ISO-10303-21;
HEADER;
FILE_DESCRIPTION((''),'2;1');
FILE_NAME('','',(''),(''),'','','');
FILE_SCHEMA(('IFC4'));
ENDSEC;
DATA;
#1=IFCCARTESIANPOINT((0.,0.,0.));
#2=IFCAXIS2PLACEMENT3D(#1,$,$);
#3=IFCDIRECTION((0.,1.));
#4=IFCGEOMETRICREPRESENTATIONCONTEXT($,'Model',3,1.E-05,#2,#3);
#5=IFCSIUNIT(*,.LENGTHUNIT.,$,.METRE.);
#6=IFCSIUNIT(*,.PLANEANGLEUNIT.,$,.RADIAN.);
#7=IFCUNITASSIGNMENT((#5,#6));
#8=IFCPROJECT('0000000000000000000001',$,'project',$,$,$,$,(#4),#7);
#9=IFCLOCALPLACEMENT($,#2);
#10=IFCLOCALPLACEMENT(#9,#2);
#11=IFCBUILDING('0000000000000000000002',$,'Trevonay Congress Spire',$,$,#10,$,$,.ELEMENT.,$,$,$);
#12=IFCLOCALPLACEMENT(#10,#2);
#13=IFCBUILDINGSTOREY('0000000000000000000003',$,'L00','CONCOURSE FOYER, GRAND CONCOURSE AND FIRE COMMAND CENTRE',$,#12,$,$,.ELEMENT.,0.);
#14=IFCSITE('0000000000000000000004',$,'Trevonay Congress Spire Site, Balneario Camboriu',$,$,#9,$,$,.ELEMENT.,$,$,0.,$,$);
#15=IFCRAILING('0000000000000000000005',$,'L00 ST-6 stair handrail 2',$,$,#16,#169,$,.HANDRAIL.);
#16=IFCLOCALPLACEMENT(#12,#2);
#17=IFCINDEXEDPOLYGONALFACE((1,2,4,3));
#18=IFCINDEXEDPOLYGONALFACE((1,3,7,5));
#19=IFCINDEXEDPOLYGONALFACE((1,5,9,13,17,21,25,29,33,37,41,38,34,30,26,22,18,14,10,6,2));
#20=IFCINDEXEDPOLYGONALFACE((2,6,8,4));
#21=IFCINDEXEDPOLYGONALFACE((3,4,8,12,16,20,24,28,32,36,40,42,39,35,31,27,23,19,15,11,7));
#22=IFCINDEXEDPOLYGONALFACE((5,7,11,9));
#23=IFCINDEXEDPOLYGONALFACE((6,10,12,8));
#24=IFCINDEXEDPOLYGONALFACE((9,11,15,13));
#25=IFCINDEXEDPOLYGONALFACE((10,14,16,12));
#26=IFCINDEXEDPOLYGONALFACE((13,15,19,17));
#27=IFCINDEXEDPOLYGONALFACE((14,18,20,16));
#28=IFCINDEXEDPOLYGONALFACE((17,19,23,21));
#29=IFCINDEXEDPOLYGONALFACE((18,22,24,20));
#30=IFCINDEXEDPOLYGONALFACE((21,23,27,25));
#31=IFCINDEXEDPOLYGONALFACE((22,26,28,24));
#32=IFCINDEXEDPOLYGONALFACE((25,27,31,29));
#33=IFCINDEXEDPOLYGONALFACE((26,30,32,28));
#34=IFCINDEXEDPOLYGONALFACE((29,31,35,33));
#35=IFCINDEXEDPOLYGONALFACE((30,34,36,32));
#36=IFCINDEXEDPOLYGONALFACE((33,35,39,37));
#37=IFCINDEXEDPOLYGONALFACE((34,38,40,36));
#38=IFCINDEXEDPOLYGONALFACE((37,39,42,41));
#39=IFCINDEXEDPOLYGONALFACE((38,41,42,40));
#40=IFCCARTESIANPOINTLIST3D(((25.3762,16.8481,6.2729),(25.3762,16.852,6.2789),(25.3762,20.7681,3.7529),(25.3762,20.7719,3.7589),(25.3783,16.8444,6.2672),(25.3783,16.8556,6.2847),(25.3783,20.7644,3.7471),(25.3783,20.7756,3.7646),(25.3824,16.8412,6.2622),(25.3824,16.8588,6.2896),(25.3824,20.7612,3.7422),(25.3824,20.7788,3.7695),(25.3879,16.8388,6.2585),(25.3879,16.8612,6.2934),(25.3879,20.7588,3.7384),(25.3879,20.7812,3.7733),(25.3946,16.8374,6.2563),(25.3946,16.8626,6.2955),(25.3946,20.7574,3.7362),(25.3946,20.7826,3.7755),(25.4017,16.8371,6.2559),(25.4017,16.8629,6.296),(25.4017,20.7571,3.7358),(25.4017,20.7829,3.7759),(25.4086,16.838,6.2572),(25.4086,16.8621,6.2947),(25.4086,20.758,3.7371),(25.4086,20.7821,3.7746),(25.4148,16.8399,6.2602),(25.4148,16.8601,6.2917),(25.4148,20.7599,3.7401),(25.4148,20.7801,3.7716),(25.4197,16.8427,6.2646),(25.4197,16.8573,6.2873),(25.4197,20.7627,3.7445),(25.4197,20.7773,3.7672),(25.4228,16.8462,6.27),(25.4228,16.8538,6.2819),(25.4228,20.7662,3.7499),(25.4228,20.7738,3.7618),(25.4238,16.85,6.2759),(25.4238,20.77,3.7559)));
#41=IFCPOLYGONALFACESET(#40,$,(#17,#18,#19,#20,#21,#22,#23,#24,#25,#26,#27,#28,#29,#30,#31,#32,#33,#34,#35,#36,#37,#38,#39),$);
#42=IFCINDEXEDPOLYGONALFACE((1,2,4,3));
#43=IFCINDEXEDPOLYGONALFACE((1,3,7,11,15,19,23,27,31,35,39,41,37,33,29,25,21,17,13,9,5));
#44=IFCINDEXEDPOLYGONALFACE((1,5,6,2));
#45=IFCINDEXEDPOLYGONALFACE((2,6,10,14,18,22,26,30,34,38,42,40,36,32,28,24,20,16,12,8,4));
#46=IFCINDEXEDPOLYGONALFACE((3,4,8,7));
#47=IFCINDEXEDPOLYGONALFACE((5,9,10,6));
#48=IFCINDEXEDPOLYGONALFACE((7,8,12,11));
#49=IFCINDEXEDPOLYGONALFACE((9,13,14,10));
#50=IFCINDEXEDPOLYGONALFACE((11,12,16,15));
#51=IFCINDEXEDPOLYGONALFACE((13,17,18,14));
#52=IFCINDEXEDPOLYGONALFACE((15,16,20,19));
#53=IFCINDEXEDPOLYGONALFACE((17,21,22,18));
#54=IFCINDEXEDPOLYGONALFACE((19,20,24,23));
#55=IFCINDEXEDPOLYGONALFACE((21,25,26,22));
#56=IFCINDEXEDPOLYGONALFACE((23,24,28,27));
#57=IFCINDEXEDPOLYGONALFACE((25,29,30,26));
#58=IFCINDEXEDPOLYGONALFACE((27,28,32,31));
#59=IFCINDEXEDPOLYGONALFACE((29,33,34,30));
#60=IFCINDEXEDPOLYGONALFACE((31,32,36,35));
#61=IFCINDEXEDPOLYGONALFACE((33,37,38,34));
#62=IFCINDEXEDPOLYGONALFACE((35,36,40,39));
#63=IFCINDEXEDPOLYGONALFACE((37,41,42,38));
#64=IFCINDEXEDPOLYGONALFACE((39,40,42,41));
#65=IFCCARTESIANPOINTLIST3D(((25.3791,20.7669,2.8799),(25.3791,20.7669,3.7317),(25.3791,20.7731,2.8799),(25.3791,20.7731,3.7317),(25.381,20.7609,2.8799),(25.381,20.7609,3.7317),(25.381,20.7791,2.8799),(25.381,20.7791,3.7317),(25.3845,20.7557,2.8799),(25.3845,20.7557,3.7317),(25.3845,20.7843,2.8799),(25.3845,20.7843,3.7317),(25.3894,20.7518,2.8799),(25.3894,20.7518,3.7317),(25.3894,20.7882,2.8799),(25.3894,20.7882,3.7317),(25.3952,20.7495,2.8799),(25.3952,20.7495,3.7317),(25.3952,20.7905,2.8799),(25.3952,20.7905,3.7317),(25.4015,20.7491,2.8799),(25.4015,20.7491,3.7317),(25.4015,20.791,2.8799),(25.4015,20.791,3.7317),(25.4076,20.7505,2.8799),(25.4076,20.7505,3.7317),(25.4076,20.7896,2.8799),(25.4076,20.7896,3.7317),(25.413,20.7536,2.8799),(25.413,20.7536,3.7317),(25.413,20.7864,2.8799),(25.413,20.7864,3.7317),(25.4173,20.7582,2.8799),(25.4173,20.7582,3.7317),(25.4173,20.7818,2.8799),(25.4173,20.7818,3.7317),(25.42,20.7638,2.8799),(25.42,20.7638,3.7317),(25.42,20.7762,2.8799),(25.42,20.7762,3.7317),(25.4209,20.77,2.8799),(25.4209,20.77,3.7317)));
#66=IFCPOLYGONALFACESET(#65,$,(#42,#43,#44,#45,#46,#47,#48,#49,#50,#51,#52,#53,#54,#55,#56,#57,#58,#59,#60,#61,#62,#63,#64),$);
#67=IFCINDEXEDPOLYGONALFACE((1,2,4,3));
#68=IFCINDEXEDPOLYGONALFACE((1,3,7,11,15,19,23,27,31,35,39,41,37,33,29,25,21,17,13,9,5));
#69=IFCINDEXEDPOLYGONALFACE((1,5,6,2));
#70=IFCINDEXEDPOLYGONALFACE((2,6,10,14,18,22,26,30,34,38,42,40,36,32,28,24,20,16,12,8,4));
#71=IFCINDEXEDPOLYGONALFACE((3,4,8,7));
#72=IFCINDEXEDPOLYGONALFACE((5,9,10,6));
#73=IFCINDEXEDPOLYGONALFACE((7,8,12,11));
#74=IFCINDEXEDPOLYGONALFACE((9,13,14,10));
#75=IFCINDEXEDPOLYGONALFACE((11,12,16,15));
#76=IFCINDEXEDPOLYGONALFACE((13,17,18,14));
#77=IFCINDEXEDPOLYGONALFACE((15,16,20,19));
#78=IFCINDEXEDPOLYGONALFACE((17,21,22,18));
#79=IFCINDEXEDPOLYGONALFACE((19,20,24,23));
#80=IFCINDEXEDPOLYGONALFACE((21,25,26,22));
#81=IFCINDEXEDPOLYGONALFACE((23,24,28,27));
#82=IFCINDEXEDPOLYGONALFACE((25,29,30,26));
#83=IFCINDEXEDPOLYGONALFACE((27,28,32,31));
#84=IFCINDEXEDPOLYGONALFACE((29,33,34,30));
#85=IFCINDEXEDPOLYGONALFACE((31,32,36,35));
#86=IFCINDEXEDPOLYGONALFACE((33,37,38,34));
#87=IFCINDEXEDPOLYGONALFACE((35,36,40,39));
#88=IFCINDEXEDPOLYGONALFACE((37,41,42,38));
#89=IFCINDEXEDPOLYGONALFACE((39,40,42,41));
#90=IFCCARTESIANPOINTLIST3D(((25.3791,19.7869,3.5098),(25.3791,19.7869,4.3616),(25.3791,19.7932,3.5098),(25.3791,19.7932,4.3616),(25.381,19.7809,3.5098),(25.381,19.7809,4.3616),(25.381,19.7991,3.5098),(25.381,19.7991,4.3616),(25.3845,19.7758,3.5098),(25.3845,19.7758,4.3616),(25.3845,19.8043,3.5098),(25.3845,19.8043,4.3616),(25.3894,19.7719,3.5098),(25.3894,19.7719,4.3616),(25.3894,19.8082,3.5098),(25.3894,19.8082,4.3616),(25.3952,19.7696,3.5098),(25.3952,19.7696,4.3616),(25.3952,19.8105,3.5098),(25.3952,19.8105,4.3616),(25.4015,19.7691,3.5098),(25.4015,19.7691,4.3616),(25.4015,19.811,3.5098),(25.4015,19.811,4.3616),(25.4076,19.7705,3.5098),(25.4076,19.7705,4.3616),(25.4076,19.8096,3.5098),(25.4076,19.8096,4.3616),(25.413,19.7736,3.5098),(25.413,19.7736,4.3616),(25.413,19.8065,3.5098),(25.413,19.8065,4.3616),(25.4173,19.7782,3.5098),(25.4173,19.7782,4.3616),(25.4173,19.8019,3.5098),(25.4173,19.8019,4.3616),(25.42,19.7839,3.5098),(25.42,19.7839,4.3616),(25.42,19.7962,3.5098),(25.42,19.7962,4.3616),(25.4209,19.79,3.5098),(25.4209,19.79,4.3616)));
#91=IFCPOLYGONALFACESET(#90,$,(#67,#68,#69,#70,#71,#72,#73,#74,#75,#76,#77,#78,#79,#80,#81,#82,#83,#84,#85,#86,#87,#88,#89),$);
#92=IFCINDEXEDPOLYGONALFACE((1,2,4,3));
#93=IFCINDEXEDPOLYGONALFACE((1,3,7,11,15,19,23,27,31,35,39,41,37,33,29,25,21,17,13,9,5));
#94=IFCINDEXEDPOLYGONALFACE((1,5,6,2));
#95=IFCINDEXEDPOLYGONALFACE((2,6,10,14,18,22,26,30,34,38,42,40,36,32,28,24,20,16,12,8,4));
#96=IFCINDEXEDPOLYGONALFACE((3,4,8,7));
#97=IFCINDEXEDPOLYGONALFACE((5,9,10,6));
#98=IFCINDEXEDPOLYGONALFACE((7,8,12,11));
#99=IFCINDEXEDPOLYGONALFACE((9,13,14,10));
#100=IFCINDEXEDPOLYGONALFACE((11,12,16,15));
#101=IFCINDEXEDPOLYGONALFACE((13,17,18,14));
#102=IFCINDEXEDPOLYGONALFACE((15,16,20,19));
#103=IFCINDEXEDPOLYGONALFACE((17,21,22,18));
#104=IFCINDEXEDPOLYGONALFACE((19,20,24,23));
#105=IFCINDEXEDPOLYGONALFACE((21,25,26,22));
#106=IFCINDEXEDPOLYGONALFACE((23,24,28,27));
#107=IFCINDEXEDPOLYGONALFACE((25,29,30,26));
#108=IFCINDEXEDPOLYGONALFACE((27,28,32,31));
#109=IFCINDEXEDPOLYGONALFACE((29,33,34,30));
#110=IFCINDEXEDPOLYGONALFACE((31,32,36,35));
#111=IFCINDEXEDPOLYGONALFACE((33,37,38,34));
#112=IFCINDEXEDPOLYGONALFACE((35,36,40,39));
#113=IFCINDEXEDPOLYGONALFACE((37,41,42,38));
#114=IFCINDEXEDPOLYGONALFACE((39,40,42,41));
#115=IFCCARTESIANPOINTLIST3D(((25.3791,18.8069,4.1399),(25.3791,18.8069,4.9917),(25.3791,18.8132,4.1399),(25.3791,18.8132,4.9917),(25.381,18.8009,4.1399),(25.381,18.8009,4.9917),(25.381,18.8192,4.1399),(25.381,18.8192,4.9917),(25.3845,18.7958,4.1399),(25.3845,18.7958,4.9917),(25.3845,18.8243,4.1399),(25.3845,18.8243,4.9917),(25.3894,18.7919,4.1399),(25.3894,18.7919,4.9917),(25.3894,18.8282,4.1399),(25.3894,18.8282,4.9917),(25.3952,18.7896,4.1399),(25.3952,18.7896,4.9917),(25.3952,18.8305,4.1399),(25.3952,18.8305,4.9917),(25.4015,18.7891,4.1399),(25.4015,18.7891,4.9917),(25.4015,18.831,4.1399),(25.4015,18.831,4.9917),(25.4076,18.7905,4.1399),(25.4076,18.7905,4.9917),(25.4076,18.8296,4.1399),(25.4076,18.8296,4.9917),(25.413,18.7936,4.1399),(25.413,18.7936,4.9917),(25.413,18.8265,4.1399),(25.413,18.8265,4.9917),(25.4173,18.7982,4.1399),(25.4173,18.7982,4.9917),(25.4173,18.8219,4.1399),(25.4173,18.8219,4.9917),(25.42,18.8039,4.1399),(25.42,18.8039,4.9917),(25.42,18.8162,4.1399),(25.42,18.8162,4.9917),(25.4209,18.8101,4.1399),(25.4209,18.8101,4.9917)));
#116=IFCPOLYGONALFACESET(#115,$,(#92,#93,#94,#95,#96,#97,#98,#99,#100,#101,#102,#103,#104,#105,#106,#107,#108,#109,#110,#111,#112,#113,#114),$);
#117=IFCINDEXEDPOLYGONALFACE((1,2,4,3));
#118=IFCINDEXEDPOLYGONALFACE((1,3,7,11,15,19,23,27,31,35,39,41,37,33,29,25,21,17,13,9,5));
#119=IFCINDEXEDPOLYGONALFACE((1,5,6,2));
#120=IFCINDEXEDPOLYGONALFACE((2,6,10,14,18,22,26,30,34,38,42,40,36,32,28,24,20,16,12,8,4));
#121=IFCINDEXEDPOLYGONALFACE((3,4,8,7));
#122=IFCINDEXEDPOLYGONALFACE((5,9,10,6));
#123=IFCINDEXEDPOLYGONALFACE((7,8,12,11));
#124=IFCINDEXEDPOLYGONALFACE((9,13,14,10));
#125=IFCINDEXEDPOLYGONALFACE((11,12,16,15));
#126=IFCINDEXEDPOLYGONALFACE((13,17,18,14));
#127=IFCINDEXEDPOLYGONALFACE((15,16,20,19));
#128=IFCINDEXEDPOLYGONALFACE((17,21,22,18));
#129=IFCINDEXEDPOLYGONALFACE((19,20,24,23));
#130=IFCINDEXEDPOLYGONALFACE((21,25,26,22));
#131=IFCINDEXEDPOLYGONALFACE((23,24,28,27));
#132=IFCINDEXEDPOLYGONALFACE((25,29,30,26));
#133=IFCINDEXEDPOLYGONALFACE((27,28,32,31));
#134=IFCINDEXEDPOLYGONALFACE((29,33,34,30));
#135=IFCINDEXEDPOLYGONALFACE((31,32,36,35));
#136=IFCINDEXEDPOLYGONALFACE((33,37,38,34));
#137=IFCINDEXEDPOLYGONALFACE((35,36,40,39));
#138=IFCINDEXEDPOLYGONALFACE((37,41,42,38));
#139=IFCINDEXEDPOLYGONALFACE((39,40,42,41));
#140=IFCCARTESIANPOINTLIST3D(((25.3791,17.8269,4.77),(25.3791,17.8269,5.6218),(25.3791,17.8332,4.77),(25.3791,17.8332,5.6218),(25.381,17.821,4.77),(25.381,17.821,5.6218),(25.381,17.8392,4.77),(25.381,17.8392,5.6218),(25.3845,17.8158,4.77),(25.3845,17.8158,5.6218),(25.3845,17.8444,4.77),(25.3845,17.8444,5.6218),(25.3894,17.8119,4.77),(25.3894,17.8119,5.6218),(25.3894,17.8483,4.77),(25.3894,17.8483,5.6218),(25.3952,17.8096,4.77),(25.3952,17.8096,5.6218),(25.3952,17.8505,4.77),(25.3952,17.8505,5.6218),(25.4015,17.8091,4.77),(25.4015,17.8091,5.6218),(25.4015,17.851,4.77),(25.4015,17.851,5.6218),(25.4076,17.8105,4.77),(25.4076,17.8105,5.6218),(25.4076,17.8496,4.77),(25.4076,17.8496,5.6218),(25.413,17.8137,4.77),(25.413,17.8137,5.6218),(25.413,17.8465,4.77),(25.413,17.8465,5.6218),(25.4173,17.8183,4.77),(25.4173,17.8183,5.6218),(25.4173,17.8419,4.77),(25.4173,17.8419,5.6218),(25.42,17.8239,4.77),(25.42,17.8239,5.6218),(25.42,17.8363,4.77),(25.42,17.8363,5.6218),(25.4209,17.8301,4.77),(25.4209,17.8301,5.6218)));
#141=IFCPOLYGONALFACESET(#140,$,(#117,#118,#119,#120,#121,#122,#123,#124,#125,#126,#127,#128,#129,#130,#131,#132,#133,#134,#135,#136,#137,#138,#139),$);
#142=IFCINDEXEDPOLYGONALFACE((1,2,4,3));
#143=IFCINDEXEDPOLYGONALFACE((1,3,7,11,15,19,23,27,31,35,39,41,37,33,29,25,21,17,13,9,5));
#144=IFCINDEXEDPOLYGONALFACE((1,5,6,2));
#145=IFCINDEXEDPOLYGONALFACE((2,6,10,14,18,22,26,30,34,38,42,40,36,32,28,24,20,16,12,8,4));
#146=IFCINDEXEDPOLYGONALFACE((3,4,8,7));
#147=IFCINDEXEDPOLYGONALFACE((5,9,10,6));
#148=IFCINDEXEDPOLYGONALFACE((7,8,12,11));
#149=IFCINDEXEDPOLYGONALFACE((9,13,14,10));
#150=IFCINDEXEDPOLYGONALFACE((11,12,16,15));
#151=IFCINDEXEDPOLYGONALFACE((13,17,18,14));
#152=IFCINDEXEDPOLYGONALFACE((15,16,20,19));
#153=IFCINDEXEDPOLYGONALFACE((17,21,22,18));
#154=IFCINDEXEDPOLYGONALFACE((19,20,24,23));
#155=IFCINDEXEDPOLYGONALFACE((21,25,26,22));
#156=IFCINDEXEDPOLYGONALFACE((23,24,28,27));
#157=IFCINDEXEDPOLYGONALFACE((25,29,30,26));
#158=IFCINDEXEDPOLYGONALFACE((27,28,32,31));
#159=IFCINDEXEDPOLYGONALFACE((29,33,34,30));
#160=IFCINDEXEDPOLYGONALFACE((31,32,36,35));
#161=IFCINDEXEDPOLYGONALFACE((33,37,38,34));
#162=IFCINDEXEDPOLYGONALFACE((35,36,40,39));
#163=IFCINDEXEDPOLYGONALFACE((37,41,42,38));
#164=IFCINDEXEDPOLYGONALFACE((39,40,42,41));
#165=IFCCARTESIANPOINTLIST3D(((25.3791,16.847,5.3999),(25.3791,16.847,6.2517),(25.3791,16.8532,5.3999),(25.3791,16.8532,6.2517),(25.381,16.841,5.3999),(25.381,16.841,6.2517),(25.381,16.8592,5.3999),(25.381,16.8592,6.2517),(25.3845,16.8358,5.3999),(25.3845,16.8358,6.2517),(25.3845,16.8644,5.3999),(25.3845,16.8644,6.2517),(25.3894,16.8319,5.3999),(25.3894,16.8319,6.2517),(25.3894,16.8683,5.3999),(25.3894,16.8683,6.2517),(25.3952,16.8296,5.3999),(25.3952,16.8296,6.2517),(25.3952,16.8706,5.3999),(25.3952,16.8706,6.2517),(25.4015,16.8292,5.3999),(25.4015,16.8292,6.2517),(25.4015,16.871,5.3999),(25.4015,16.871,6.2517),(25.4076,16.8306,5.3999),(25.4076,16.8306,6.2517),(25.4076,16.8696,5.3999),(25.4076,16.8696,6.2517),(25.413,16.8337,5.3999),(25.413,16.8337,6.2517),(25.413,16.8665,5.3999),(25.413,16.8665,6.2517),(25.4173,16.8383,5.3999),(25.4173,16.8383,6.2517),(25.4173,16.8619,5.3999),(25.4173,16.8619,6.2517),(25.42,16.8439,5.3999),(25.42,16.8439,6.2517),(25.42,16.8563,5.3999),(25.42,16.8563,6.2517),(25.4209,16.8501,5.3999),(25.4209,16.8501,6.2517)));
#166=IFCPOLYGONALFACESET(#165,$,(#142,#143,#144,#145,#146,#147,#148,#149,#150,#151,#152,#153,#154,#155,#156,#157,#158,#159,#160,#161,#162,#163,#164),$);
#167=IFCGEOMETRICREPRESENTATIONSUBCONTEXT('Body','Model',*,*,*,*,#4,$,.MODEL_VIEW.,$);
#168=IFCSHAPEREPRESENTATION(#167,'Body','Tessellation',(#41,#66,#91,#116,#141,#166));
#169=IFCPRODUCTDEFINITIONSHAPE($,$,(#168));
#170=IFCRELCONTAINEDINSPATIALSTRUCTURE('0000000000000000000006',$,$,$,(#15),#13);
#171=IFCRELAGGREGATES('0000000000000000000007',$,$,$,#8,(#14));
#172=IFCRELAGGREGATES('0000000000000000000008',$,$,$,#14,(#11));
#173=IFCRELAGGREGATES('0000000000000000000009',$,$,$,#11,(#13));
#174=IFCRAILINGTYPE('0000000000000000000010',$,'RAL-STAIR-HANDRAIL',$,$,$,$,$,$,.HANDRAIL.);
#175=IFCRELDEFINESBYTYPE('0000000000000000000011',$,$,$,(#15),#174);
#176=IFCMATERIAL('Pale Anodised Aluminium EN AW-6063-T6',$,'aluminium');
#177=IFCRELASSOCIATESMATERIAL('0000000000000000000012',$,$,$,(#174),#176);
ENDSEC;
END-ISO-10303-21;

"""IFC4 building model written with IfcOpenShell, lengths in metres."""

from ifc_helpers import new_model, si_unit, direction, frame, origin, origin_2d, place, context, subcontext, project, spatial, circle, extrude, material, type_object, element, save


model = new_model("IFC4")

# Units and contexts
model_context = context("Model", 3, precision=1e-05, world=origin(), true_north=direction((0.0, 1.0)))
body_context = subcontext(model_context, "Body", "Model", "MODEL_VIEW")
ifc_project = project(units=[si_unit("LENGTHUNIT", "METRE"), si_unit("PLANEANGLEUNIT", "RADIAN")], contexts=[model_context])

# Site, building, storey
site_placement = place(None, origin())
site = spatial("IfcSite", under=ifc_project, at=site_placement, Name="Trevonay Congress Spire Site, Balneario Camboriu", CompositionType="ELEMENT", RefElevation=0.0)
building_placement = place(site_placement, origin())
building = spatial("IfcBuilding", under=site, at=building_placement, Name="Trevonay Congress Spire", CompositionType="ELEMENT")
storey_placement = place(building_placement, origin())
storey = spatial("IfcBuildingStorey", under=building, at=storey_placement, Name="L00", Description="CONCOURSE FOYER, GRAND CONCOURSE AND FIRE COMMAND CENTRE", CompositionType="ELEMENT", Elevation=0.0)

# Shared definitions
ifc_material_1 = material(Name="Pale Anodised Aluminium EN AW-6063-T6", Category="aluminium")

# Railing
railing_type_1 = type_object("IfcRailingType", Name="RAL-STAIR-HANDRAIL", PredefinedType="HANDRAIL", material=ifc_material_1)
railing_1_placement = place(storey_placement, frame((25.3999, 20.77, 2.8799)))
element("IfcRailing", 1, at=railing_1_placement, inside=storey, type_object=railing_type_1, Name="L00 ST-6 stair handrail 2", PredefinedType="HANDRAIL", context=body_context, shape_type="SweptSolid", body=[
    extrude(circle(Radius=0.0239, at=origin_2d()), frame((0.0, 0.0, 0.876), z_axis=(0.0, -0.841172, 0.540768), x_axis=(1.0, 0.0, 0.0)), (0.0, 0.0, 1.0), 4.6602),
    extrude(circle(Radius=0.021, at=origin_2d()), origin(), (0.0, 0.0, 1.0), 0.8518),
    extrude(circle(Radius=0.021, at=origin_2d()), frame((0.0, -0.98, 0.6299)), (0.0, 0.0, 1.0), 0.8518),
    extrude(circle(Radius=0.021, at=origin_2d()), frame((0.0, -1.96, 1.26)), (0.0, 0.0, 1.0), 0.8518),
    extrude(circle(Radius=0.021, at=origin_2d()), frame((0.0, -2.9399, 1.8901)), (0.0, 0.0, 1.0), 0.8518),
    extrude(circle(Radius=0.021, at=origin_2d()), frame((0.0, -3.9199, 2.52)), (0.0, 0.0, 1.0), 0.8518),
])

save(model, "model.ifc")
